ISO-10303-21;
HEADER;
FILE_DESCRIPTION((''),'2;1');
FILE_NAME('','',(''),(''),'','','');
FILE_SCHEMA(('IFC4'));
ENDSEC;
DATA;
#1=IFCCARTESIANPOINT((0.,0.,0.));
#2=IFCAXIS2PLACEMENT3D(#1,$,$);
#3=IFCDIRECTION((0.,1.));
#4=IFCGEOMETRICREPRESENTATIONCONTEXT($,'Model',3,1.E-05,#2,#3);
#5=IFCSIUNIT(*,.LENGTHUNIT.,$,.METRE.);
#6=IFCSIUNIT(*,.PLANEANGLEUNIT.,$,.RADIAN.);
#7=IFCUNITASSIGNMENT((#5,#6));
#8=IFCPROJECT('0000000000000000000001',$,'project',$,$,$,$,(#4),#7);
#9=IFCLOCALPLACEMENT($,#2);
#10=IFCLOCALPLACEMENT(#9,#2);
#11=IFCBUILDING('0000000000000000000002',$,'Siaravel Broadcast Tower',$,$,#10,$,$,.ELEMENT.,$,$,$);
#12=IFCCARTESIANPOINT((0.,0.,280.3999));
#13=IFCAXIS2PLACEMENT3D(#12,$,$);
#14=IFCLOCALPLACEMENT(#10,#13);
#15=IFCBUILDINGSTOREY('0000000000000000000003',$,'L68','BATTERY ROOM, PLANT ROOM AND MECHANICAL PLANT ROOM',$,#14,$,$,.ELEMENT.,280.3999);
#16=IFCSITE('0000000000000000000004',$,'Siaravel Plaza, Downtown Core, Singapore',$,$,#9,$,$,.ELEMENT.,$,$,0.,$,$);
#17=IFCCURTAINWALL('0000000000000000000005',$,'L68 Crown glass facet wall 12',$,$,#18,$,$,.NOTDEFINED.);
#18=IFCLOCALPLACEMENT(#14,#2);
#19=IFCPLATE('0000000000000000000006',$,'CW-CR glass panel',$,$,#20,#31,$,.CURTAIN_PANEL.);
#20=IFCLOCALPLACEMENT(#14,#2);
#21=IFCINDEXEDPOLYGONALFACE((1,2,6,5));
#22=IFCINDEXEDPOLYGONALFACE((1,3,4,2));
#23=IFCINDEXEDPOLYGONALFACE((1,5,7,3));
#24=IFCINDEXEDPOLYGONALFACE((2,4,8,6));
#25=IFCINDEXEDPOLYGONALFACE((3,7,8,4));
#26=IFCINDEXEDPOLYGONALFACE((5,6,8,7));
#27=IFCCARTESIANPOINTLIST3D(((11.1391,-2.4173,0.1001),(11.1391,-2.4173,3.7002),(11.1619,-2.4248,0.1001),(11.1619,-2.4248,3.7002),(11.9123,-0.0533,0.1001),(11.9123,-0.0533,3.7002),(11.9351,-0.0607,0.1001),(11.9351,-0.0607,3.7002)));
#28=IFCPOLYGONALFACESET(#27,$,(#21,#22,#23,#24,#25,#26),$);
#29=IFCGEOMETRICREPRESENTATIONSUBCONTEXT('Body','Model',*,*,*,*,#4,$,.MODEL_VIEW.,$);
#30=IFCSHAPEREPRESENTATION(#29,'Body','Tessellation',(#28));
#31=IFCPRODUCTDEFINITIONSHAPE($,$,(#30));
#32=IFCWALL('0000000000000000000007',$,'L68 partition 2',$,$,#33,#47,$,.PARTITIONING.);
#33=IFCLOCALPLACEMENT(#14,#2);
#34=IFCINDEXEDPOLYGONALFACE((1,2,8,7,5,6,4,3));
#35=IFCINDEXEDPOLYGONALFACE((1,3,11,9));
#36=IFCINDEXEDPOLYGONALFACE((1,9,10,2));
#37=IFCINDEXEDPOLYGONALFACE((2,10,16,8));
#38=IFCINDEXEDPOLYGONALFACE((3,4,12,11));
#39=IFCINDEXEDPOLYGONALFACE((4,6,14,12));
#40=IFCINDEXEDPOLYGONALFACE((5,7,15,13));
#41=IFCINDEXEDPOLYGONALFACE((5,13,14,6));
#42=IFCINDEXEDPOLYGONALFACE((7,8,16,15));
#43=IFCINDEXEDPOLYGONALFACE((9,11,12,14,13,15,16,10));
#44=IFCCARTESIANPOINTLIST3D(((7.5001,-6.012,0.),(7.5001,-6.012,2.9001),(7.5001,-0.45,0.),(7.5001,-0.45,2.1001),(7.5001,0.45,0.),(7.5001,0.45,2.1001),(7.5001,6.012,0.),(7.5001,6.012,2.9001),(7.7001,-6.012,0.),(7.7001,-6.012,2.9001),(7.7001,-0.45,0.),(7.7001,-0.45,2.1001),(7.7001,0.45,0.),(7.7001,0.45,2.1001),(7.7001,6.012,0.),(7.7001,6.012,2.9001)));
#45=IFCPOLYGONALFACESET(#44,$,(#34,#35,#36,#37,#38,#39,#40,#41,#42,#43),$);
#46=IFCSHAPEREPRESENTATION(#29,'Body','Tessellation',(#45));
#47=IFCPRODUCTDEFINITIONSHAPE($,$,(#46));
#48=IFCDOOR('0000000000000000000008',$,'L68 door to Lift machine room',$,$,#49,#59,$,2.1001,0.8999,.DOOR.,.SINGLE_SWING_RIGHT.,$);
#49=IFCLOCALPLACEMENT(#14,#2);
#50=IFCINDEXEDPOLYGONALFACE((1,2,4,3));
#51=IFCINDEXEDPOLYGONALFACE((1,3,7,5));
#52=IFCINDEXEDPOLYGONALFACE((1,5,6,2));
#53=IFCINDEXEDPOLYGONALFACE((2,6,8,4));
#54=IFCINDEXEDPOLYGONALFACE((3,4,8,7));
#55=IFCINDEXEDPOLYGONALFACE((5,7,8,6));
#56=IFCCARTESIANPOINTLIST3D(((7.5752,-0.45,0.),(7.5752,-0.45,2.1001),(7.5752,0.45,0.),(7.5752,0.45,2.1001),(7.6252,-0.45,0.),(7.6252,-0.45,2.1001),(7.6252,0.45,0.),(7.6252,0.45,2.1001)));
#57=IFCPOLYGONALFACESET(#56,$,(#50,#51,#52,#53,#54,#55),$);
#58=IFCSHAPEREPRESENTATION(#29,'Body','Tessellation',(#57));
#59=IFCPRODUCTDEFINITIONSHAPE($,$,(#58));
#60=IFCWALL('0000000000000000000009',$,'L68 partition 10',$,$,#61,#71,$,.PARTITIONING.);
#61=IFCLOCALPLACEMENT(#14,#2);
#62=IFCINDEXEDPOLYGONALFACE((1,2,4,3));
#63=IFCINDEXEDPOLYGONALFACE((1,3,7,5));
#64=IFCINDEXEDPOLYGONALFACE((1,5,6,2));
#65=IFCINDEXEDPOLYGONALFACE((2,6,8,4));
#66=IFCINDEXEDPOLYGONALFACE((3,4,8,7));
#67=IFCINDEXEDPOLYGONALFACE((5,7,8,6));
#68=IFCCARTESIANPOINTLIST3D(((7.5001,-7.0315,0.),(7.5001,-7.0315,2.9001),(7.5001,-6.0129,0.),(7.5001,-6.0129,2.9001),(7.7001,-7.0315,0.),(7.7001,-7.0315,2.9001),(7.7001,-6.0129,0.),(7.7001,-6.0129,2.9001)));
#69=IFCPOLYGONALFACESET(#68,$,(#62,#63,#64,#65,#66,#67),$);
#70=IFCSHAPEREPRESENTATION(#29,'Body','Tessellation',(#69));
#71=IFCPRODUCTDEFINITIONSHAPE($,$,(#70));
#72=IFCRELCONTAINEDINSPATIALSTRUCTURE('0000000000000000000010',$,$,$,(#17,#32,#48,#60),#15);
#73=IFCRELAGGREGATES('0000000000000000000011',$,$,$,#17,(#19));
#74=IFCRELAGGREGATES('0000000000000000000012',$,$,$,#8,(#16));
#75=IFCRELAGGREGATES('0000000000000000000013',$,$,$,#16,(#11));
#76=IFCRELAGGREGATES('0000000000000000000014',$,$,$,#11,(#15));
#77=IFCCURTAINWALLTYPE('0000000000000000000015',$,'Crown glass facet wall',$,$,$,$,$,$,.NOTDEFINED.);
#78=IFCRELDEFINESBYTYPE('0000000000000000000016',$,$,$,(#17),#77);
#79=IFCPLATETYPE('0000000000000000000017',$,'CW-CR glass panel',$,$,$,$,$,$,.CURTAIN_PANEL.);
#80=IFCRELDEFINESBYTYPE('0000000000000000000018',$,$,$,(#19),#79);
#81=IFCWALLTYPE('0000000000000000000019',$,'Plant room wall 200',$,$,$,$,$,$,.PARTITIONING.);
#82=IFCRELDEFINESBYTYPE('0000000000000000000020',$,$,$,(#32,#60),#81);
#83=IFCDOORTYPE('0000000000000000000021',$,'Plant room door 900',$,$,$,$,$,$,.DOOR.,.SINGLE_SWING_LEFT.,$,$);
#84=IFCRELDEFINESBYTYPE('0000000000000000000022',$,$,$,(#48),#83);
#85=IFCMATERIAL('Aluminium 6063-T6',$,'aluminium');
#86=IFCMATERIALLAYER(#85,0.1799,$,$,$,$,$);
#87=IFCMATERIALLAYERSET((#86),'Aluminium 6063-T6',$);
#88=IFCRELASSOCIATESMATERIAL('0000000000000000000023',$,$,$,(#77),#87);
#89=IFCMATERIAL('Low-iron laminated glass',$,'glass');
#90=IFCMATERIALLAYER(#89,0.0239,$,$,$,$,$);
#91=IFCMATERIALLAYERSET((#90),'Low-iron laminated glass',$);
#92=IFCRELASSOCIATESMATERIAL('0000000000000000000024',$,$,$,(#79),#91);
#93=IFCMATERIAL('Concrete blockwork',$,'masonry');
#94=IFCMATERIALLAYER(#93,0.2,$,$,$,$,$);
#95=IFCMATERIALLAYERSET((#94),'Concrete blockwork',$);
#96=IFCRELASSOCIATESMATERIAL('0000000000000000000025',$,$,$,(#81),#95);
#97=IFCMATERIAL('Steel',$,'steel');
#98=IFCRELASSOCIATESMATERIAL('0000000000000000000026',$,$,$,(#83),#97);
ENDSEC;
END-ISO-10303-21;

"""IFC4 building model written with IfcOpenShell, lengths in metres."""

from ifc_helpers import new_model, si_unit, direction, frame, frame_2d, origin, origin_2d, place, context, subcontext, project, spatial, rectangle, extrude, material, layer, layer_set, type_object, element, fill, aggregate, save


model = new_model("IFC4")

# Units and contexts
model_context = context("Model", 3, precision=1e-05, world=origin(), true_north=direction((0.0, 1.0)))
body_context = subcontext(model_context, "Body", "Model", "MODEL_VIEW")
ifc_project = project(units=[si_unit("LENGTHUNIT", "METRE"), si_unit("PLANEANGLEUNIT", "RADIAN")], contexts=[model_context])

# Site, building, storey
site_placement = place(None, origin())
site = spatial("IfcSite", under=ifc_project, at=site_placement, Name="Siaravel Plaza, Downtown Core, Singapore", CompositionType="ELEMENT", RefElevation=0.0)
building_placement = place(site_placement, origin())
building = spatial("IfcBuilding", under=site, at=building_placement, Name="Siaravel Broadcast Tower", CompositionType="ELEMENT")
storey_placement = place(building_placement, frame((0.0, 0.0, 280.3999)))
storey = spatial("IfcBuildingStorey", under=building, at=storey_placement, Name="L68", Description="BATTERY ROOM, PLANT ROOM AND MECHANICAL PLANT ROOM", CompositionType="ELEMENT", Elevation=280.3999)

# Curtain wall
ifc_material_1 = material(Name="Aluminium 6063-T6", Category="aluminium")
ifc_layer_1 = layer(ifc_material_1, 0.1799)
ifc_layer_set_1 = layer_set([ifc_layer_1], Name="Aluminium 6063-T6")
curtain_wall_type = type_object("IfcCurtainWallType", Name="Crown glass facet wall", PredefinedType="NOTDEFINED", material=ifc_layer_set_1)
curtain_wall_1_placement = place(storey_placement, origin())
curtain_wall_1 = element("IfcCurtainWall", 1, at=curtain_wall_1_placement, inside=storey, type_object=curtain_wall_type, Name="L68 Crown glass facet wall 12", PredefinedType="NOTDEFINED")

# Plate
ifc_material_2 = material(Name="Low-iron laminated glass", Category="glass")
ifc_layer_2 = layer(ifc_material_2, 0.0239)
ifc_layer_set_2 = layer_set([ifc_layer_2], Name="Low-iron laminated glass")
plate_type = type_object("IfcPlateType", Name="CW-CR glass panel", PredefinedType="CURTAIN_PANEL", material=ifc_layer_set_2)
plate_1_placement = place(storey_placement, frame((11.5371, -1.239, 0.1001), z_axis=(0.0, 0.0, 1.0), x_axis=(0.310859, 0.950456, 0.0)))
plate_1 = element("IfcPlate", 2, at=plate_1_placement, type_object=plate_type, Name="CW-CR glass panel", PredefinedType="CURTAIN_PANEL", context=body_context, shape_type="SweptSolid", body=[
    extrude(rectangle(XDim=2.4873, YDim=0.0239, at=origin_2d()), origin(), (0.0, 0.0, 1.0), 3.6001),
])
aggregate(curtain_wall_1, [plate_1])

# Wall, opening, door
ifc_material_3 = material(Name="Concrete blockwork", Category="masonry")
ifc_layer_3 = layer(ifc_material_3, 0.2)
ifc_layer_set_3 = layer_set([ifc_layer_3], Name="Concrete blockwork")
wall_type = type_object("IfcWallType", Name="Plant room wall 200", PredefinedType="PARTITIONING", material=ifc_layer_set_3)
wall_1_placement = place(storey_placement, frame((7.6001, -6.012, 0.0), z_axis=(0.0, 0.0, 1.0), x_axis=(0.0, 1.0, 0.0)))
wall_1 = element("IfcWall", 3, at=wall_1_placement, inside=storey, type_object=wall_type, Name="L68 partition 2", PredefinedType="PARTITIONING", context=body_context, shape_type="SweptSolid", body=[
    extrude(rectangle(XDim=12.0239, YDim=0.2, at=frame_2d((6.012, 0.0))), origin(), (0.0, 0.0, 1.0), 2.9001),
])
opening_placement = place(wall_1_placement, frame((5.562, 0.0, 0.0)))
opening = element("IfcOpeningElement", 4, at=opening_placement, cuts=wall_1, PredefinedType="OPENING", context=body_context, shape_type="SweptSolid", body=[
    extrude(rectangle(XDim=0.8999, YDim=2.1001, at=frame_2d((0.45, 1.05))), frame((0.0, 0.1099, 0.0), z_axis=(0.0, -1.0, 0.0), x_axis=(1.0, 0.0, 0.0)), (0.0, 0.0, 1.0), 0.22),
])
ifc_material_4 = material(Name="Steel", Category="steel")
door_type = type_object("IfcDoorType", Name="Plant room door 900", OperationType="SINGLE_SWING_LEFT", PredefinedType="DOOR", material=ifc_material_4)
door_placement = place(opening_placement, origin())
door = element("IfcDoor", 5, at=door_placement, inside=storey, type_object=door_type, Name="L68 door to Lift machine room", OperationType="SINGLE_SWING_RIGHT", OverallHeight=2.1001, OverallWidth=0.8999, PredefinedType="DOOR", context=body_context, shape_type="SweptSolid", body=[
    extrude(rectangle(XDim=0.8999, YDim=2.1001, at=frame_2d((0.45, 1.05))), frame((0.0, 0.0249, 0.0), z_axis=(0.0, -1.0, 0.0), x_axis=(1.0, 0.0, 0.0)), (0.0, 0.0, 1.0), 0.05),
])
fill(opening, door)

# Wall
wall_2_placement = place(storey_placement, frame((7.6001, -6.0129, 0.0), z_axis=(0.0, 0.0, 1.0), x_axis=(0.0, -1.0, 0.0)))
element("IfcWall", 6, at=wall_2_placement, inside=storey, type_object=wall_type, Name="L68 partition 10", PredefinedType="PARTITIONING", context=body_context, shape_type="SweptSolid", body=[
    extrude(rectangle(XDim=1.0186, YDim=0.2, at=frame_2d((0.5093, 0.0))), origin(), (0.0, 0.0, 1.0), 2.9001),
])

save(model, "model.ifc")
